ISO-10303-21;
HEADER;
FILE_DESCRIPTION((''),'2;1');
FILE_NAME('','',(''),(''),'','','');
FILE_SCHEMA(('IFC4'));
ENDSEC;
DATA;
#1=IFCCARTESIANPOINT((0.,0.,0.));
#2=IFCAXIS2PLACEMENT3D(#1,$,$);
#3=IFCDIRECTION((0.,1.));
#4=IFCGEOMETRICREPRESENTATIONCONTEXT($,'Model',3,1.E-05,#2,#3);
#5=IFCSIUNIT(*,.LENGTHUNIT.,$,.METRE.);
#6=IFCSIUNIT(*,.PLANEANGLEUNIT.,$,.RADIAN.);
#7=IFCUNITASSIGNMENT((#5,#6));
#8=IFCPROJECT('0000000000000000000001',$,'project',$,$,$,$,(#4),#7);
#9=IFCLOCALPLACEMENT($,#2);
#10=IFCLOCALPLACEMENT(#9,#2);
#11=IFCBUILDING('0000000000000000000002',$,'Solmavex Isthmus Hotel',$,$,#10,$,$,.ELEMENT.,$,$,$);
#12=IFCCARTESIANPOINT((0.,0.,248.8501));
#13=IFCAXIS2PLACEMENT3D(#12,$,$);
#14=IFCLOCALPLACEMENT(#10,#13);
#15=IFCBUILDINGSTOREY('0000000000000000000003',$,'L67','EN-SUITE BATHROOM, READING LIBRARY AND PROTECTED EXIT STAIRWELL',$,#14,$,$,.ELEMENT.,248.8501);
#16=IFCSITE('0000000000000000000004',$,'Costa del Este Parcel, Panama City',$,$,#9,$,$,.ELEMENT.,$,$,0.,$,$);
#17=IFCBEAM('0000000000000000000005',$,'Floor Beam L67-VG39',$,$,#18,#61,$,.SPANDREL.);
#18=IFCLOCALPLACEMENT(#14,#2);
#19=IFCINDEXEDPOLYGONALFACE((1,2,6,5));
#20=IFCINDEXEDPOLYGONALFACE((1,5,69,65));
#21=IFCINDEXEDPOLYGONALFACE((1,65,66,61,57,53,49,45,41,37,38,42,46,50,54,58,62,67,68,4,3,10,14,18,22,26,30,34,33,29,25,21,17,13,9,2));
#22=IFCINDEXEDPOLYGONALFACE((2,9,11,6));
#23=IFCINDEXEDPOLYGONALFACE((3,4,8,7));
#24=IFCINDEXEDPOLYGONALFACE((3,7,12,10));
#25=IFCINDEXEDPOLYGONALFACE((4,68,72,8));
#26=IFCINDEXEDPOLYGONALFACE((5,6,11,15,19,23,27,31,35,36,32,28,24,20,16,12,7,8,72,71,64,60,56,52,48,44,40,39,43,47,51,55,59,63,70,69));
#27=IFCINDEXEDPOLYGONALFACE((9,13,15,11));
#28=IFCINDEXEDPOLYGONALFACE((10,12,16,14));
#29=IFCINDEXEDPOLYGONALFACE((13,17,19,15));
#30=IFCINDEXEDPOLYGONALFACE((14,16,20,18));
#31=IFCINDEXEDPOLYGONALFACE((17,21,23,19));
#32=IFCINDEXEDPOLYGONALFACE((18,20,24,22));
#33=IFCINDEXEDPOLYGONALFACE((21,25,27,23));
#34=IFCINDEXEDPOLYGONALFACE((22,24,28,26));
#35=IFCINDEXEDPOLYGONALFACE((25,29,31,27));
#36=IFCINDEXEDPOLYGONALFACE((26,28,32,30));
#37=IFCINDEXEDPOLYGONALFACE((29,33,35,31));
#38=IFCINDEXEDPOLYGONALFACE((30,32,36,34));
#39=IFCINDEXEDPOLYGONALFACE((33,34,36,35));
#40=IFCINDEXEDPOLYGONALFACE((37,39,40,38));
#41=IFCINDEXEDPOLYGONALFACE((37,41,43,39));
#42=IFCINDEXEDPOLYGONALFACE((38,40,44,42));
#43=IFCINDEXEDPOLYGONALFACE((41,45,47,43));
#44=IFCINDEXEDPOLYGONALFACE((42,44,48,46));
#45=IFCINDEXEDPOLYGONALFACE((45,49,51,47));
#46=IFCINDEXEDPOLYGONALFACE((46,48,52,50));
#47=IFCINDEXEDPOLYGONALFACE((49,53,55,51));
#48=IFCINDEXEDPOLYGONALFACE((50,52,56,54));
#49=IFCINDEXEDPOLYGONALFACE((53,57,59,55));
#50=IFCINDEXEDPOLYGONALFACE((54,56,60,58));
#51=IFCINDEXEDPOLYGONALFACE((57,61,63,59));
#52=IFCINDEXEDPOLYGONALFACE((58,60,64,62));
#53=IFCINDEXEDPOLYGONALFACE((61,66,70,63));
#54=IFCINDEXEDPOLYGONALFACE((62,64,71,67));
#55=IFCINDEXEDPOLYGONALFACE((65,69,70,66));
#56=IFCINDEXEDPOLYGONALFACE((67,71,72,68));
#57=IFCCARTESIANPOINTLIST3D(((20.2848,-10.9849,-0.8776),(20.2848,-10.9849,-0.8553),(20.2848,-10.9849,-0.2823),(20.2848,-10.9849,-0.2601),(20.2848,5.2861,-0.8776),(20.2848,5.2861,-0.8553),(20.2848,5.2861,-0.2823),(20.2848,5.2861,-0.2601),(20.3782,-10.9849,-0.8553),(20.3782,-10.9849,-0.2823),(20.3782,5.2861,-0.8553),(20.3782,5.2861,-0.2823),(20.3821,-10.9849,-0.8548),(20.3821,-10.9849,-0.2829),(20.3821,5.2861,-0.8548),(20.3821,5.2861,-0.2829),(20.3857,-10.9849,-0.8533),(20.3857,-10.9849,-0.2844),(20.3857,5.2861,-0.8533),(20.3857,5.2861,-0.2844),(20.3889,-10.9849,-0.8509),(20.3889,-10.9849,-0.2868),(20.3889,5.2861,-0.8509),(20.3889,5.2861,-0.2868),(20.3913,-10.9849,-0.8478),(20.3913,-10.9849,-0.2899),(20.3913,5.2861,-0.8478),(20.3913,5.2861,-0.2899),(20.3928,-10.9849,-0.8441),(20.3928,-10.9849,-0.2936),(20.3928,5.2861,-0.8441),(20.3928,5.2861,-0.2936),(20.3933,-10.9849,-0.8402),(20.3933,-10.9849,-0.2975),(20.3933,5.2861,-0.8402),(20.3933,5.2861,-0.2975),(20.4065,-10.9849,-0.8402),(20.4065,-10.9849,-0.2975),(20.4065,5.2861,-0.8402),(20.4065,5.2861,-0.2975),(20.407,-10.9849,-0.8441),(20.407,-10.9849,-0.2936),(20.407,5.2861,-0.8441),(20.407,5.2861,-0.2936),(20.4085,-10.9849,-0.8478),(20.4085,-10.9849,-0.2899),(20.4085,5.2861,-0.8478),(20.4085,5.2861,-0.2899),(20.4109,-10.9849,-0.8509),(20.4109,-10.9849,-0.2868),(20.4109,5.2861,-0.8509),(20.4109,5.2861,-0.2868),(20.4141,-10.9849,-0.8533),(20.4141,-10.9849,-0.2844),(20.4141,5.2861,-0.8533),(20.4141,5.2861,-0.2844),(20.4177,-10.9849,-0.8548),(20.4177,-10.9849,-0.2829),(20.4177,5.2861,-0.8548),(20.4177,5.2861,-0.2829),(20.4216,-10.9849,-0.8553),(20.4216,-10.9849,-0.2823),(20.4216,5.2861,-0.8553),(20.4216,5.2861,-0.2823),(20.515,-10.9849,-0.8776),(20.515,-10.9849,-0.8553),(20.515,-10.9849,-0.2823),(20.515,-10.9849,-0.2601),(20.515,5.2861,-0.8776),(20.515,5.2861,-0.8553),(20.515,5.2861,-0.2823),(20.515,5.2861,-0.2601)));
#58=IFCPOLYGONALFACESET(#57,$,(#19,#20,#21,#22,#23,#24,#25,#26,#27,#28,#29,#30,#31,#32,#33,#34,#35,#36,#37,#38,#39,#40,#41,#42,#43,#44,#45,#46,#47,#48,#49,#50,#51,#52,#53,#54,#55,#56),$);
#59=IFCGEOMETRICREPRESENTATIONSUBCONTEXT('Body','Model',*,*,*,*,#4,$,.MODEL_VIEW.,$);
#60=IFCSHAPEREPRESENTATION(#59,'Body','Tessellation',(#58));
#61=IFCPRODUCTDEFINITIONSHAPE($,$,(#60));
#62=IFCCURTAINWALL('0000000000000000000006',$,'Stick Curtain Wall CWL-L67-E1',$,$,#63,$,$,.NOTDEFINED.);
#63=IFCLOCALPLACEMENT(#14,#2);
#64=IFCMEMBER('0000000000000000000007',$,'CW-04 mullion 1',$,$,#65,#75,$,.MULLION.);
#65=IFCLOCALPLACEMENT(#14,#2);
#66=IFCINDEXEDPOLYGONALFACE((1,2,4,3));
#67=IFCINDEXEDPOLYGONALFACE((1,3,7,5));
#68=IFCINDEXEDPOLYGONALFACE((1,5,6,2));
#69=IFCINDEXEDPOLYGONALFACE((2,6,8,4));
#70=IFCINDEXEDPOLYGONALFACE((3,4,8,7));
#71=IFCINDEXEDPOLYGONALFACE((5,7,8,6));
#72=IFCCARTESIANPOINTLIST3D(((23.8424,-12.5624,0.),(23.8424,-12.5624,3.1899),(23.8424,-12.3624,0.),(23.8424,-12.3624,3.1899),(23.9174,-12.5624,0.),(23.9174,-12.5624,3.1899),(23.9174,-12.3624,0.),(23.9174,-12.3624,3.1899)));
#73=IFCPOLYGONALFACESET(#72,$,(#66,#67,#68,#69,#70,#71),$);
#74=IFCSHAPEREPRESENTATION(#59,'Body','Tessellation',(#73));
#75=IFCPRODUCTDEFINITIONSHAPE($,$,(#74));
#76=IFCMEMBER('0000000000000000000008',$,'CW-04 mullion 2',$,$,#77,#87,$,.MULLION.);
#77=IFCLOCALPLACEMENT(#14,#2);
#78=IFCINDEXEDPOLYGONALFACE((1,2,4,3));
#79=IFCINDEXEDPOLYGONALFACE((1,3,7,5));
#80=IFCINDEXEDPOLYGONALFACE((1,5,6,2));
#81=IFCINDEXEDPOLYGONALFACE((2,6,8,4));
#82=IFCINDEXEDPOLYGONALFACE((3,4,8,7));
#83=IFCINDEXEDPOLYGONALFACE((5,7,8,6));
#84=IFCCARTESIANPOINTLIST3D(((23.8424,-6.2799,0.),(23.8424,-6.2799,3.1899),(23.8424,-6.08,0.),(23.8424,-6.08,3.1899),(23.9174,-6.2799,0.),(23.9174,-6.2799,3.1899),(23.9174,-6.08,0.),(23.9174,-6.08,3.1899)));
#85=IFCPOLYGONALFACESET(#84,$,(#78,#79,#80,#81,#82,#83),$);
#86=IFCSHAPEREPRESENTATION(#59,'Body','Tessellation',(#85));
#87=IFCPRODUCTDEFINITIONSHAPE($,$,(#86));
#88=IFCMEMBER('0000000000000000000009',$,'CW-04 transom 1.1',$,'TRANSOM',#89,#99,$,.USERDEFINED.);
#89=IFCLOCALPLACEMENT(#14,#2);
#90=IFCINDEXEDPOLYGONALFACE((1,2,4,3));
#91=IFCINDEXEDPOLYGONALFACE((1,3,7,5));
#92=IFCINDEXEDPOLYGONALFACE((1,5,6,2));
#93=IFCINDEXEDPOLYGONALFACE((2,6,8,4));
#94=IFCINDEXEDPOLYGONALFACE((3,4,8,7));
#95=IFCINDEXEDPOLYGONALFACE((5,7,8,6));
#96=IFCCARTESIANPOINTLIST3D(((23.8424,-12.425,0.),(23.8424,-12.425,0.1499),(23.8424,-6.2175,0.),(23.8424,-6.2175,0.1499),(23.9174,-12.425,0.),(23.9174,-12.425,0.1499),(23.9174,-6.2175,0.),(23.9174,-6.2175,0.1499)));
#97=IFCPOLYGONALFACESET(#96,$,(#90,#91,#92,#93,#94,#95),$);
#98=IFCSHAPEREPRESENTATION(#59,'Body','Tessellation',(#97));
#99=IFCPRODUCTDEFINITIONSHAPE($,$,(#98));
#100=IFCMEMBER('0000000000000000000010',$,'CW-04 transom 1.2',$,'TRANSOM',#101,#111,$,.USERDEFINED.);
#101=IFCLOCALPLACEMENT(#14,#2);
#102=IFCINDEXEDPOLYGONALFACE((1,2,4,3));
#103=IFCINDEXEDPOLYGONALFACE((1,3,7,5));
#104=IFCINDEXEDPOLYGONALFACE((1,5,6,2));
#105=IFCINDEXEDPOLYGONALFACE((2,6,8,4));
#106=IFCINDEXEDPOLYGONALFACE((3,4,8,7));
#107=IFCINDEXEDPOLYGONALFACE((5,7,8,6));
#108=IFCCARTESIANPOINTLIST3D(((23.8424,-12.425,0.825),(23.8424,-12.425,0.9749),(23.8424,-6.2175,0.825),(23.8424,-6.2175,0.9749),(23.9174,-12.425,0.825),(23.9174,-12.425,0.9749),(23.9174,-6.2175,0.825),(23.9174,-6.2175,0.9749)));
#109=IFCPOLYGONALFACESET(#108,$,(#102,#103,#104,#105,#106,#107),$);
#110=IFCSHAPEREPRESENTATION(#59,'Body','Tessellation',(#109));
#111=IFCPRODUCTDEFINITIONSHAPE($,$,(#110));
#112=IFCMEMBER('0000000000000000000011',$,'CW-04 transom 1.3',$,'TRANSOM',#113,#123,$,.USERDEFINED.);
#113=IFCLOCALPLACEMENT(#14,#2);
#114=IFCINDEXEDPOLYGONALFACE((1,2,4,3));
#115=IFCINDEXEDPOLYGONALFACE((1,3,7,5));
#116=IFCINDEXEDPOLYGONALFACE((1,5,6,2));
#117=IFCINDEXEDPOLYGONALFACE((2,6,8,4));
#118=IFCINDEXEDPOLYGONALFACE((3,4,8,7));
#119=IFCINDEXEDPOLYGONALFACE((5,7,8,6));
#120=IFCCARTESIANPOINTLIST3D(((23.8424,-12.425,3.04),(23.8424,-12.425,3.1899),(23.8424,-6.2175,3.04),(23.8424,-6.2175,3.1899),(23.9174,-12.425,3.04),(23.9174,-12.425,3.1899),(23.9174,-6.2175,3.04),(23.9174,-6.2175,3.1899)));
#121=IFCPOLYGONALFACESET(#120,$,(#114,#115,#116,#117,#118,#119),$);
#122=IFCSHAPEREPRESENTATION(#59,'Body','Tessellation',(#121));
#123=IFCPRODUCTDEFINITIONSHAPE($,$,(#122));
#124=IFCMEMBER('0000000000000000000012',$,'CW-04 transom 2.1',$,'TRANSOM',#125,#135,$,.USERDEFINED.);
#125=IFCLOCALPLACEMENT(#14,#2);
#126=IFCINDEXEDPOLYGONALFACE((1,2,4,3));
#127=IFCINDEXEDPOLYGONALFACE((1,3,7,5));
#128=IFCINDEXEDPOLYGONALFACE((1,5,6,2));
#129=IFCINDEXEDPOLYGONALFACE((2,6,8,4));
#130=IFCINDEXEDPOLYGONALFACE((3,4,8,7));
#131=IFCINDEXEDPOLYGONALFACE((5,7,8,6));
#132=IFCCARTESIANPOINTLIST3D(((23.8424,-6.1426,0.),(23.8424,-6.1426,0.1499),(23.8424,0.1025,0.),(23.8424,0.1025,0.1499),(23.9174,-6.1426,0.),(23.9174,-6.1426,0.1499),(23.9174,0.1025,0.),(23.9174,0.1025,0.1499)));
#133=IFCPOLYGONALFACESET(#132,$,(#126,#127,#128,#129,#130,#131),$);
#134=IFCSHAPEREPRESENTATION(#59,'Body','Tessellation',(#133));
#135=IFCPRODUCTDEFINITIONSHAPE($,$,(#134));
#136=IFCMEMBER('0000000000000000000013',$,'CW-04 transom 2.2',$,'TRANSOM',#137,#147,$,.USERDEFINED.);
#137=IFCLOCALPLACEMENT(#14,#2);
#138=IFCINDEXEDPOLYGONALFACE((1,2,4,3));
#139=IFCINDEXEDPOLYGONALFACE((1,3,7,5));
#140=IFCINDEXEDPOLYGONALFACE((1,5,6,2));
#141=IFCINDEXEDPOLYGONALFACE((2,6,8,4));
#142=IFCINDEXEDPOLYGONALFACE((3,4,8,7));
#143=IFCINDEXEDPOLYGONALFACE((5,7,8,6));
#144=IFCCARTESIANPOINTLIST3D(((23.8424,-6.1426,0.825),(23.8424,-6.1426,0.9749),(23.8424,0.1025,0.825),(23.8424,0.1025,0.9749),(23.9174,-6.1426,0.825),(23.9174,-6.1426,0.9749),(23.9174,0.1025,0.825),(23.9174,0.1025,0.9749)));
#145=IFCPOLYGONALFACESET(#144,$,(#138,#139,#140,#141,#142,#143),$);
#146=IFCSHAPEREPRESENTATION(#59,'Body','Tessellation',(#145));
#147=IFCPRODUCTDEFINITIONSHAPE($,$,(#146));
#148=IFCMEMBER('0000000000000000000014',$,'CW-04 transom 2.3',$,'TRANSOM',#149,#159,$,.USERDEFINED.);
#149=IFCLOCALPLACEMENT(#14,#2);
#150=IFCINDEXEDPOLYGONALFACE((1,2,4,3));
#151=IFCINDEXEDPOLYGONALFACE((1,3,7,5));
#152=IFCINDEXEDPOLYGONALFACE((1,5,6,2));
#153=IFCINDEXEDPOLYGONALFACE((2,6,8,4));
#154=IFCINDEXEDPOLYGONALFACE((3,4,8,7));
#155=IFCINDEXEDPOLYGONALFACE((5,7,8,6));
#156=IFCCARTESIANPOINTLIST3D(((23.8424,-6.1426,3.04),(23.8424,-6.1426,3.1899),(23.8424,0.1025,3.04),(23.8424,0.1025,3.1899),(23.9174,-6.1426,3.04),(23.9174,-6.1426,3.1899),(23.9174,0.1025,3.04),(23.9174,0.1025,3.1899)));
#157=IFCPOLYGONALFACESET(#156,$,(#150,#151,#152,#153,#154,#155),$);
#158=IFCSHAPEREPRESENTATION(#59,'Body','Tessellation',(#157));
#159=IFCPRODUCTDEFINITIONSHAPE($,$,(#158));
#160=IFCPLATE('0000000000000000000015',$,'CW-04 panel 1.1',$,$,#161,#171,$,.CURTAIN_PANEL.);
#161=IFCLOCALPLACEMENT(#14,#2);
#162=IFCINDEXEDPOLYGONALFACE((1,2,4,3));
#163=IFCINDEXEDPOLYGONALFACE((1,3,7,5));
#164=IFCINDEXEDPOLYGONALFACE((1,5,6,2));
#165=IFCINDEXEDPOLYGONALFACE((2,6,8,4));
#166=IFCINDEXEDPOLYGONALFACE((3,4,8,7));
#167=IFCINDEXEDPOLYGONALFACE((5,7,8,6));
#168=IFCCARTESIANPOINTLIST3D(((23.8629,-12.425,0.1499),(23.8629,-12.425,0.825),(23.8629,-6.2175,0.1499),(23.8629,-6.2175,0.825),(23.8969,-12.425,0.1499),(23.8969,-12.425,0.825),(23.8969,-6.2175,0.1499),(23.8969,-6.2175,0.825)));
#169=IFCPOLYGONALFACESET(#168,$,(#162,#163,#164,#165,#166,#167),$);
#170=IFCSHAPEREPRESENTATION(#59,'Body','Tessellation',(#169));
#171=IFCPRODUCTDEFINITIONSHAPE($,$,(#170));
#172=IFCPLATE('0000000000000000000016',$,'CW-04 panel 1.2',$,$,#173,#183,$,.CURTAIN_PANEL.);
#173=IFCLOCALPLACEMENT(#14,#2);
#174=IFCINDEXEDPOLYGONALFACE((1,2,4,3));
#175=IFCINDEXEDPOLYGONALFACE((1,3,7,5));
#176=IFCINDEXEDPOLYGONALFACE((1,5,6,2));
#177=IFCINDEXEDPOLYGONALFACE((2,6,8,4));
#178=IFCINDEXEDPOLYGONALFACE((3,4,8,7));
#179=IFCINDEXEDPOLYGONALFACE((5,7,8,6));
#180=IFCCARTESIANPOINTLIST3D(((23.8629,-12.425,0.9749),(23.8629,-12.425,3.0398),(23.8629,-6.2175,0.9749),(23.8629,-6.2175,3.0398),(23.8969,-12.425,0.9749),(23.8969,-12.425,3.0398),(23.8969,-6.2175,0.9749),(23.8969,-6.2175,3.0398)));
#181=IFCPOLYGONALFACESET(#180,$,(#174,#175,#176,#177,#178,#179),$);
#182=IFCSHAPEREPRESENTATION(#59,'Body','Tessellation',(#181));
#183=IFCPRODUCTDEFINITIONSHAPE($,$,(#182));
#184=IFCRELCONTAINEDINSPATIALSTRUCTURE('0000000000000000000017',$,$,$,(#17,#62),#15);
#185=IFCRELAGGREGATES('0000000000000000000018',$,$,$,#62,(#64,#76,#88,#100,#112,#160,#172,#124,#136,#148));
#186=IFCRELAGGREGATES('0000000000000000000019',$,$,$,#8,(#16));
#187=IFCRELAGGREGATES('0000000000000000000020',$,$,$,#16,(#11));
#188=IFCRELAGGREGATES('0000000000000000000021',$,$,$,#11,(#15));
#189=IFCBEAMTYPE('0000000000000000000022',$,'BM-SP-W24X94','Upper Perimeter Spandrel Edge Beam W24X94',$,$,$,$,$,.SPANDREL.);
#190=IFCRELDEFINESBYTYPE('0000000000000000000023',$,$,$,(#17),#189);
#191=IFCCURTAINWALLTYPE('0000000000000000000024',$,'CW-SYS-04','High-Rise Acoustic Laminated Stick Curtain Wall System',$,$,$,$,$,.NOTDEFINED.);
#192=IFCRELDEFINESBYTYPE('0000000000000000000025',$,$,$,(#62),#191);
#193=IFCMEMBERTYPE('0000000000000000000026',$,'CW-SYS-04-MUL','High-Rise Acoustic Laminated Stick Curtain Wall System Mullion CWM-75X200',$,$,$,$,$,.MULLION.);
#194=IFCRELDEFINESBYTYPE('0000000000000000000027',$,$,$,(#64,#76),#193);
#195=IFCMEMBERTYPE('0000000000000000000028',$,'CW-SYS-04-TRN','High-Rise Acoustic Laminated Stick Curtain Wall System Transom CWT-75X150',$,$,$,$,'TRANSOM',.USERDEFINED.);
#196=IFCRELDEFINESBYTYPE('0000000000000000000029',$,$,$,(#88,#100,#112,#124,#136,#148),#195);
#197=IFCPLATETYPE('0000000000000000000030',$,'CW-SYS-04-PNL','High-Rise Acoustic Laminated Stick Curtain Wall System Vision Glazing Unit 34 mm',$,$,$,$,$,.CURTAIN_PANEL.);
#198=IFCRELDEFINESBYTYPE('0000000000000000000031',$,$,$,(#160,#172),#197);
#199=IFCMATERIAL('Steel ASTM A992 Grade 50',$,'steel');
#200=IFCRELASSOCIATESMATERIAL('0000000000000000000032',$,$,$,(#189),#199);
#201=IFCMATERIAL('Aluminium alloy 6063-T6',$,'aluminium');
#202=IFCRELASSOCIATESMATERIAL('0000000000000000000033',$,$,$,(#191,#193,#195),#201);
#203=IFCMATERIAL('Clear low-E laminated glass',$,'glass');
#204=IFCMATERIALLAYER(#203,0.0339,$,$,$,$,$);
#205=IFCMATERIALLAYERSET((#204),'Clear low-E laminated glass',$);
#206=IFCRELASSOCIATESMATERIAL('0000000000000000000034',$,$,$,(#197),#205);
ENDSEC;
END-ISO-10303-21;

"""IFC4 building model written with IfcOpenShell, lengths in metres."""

from ifc_helpers import new_model, si_unit, direction, frame, origin, origin_2d, place, context, subcontext, project, spatial, rectangle, i_section, extrude, material, layer, layer_set, material_profile, profile_set, type_object, element, aggregate, save


model = new_model("IFC4")

# Units and contexts
model_context = context("Model", 3, precision=1e-05, world=origin(), true_north=direction((0.0, 1.0)))
body_context = subcontext(model_context, "Body", "Model", "MODEL_VIEW")
ifc_project = project(units=[si_unit("LENGTHUNIT", "METRE"), si_unit("PLANEANGLEUNIT", "RADIAN")], contexts=[model_context])

# Site, building, storey
site_placement = place(None, origin())
site = spatial("IfcSite", under=ifc_project, at=site_placement, Name="Costa del Este Parcel, Panama City", CompositionType="ELEMENT", RefElevation=0.0)
building_placement = place(site_placement, origin())
building = spatial("IfcBuilding", under=site, at=building_placement, Name="Solmavex Isthmus Hotel", CompositionType="ELEMENT")
storey_placement = place(building_placement, frame((0.0, 0.0, 248.8501)))
storey = spatial("IfcBuildingStorey", under=building, at=storey_placement, Name="L67", Description="EN-SUITE BATHROOM, READING LIBRARY AND PROTECTED EXIT STAIRWELL", CompositionType="ELEMENT", Elevation=248.8501)

# Beam
ifc_material_1 = material(Name="Steel ASTM A992 Grade 50", Category="steel")
ifc_material_profile_1 = material_profile(ifc_material_1, i_section(OverallWidth=0.2302, OverallDepth=0.6174, WebThickness=0.0132, FlangeThickness=0.0222, FilletRadius=0.0151, at=origin_2d()), Name="W24X94")
ifc_profile_set_1 = profile_set([ifc_material_profile_1], Name="Steel ASTM A992 Grade 50")
beam_type_1 = type_object("IfcBeamType", Name="BM-SP-W24X94", Description="Upper Perimeter Spandrel Edge Beam W24X94", PredefinedType="SPANDREL", material=ifc_profile_set_1)
beam_1_placement = place(storey_placement, frame((20.3999, -10.9849, -0.5688), z_axis=(0.0, 1.0, 0.0), x_axis=(-1.0, 0.0, 0.0)))
element("IfcBeam", 1, at=beam_1_placement, inside=storey, type_object=beam_type_1, Name="Floor Beam L67-VG39", PredefinedType="SPANDREL", context=body_context, shape_type="SweptSolid", body=[
    extrude(i_section(OverallWidth=0.2302, OverallDepth=0.6174, WebThickness=0.0132, FlangeThickness=0.0222, FilletRadius=0.0151, at=origin_2d()), origin(), (0.0, 0.0, 1.0), 16.271),
])

# Curtain wall, members, plates
ifc_material_2 = material(Name="Aluminium alloy 6063-T6", Category="aluminium")
curtain_wall_type = type_object("IfcCurtainWallType", Name="CW-SYS-04", Description="High-Rise Acoustic Laminated Stick Curtain Wall System", PredefinedType="NOTDEFINED", material=ifc_material_2)
curtain_wall_placement = place(storey_placement, origin())
curtain_wall = element("IfcCurtainWall", 2, at=curtain_wall_placement, inside=storey, type_object=curtain_wall_type, Name="Stick Curtain Wall CWL-L67-E1", PredefinedType="NOTDEFINED")
ifc_material_profile_2 = material_profile(ifc_material_2, rectangle(XDim=0.075, YDim=0.2, at=origin_2d()), Name="CWM-75X200")
ifc_profile_set_2 = profile_set([ifc_material_profile_2], Name="Aluminium alloy 6063-T6")
member_type_1 = type_object("IfcMemberType", Name="CW-SYS-04-MUL", Description="High-Rise Acoustic Laminated Stick Curtain Wall System Mullion CWM-75X200", PredefinedType="MULLION", material=ifc_profile_set_2)
member_1_placement = place(storey_placement, frame((23.8799, -12.4624, 0.0), z_axis=(0.0, 0.0, 1.0), x_axis=(-1.0, 0.0, 0.0)))
member_1 = element("IfcMember", 3, at=member_1_placement, type_object=member_type_1, Name="CW-04 mullion 1", PredefinedType="MULLION", context=body_context, shape_type="SweptSolid", body=[
    extrude(rectangle(XDim=0.075, YDim=0.2, at=origin_2d()), origin(), (0.0, 0.0, 1.0), 3.1899),
])
member_2_placement = place(storey_placement, frame((23.8799, -6.1799, 0.0), z_axis=(0.0, 0.0, 1.0), x_axis=(-1.0, 0.0, 0.0)))
member_2 = element("IfcMember", 4, at=member_2_placement, type_object=member_type_1, Name="CW-04 mullion 2", PredefinedType="MULLION", context=body_context, shape_type="SweptSolid", body=[
    extrude(rectangle(XDim=0.075, YDim=0.2, at=origin_2d()), origin(), (0.0, 0.0, 1.0), 3.1899),
])
ifc_material_profile_3 = material_profile(ifc_material_2, rectangle(XDim=0.075, YDim=0.1499, at=origin_2d()), Name="CWT-75X150")
ifc_profile_set_3 = profile_set([ifc_material_profile_3], Name="Aluminium alloy 6063-T6")
member_type_2 = type_object("IfcMemberType", Name="CW-SYS-04-TRN", Description="High-Rise Acoustic Laminated Stick Curtain Wall System Transom CWT-75X150", ElementType="TRANSOM", PredefinedType="USERDEFINED", material=ifc_profile_set_3)
member_3_placement = place(storey_placement, frame((23.8799, -12.425, 0.075), z_axis=(0.0, 1.0, 0.0), x_axis=(-1.0, 0.0, 0.0)))
member_3 = element("IfcMember", 5, at=member_3_placement, type_object=member_type_2, Name="CW-04 transom 1.1", ObjectType="TRANSOM", PredefinedType="USERDEFINED", context=body_context, shape_type="SweptSolid", body=[
    extrude(rectangle(XDim=0.075, YDim=0.1499, at=origin_2d()), origin(), (0.0, 0.0, 1.0), 6.2075),
])
member_4_placement = place(storey_placement, frame((23.8799, -12.425, 0.8999), z_axis=(0.0, 1.0, 0.0), x_axis=(-1.0, 0.0, 0.0)))
member_4 = element("IfcMember", 6, at=member_4_placement, type_object=member_type_2, Name="CW-04 transom 1.2", ObjectType="TRANSOM", PredefinedType="USERDEFINED", context=body_context, shape_type="SweptSolid", body=[
    extrude(rectangle(XDim=0.075, YDim=0.1499, at=origin_2d()), origin(), (0.0, 0.0, 1.0), 6.2075),
])
member_5_placement = place(storey_placement, frame((23.8799, -12.425, 3.115), z_axis=(0.0, 1.0, 0.0), x_axis=(-1.0, 0.0, 0.0)))
member_5 = element("IfcMember", 7, at=member_5_placement, type_object=member_type_2, Name="CW-04 transom 1.3", ObjectType="TRANSOM", PredefinedType="USERDEFINED", context=body_context, shape_type="SweptSolid", body=[
    extrude(rectangle(XDim=0.075, YDim=0.1499, at=origin_2d()), origin(), (0.0, 0.0, 1.0), 6.2075),
])
member_6_placement = place(storey_placement, frame((23.8799, -6.1426, 0.075), z_axis=(0.0, 1.0, 0.0), x_axis=(-1.0, 0.0, 0.0)))
member_6 = element("IfcMember", 8, at=member_6_placement, type_object=member_type_2, Name="CW-04 transom 2.1", ObjectType="TRANSOM", PredefinedType="USERDEFINED", context=body_context, shape_type="SweptSolid", body=[
    extrude(rectangle(XDim=0.075, YDim=0.1499, at=origin_2d()), origin(), (0.0, 0.0, 1.0), 6.2451),
])
member_7_placement = place(storey_placement, frame((23.8799, -6.1426, 0.8999), z_axis=(0.0, 1.0, 0.0), x_axis=(-1.0, 0.0, 0.0)))
member_7 = element("IfcMember", 9, at=member_7_placement, type_object=member_type_2, Name="CW-04 transom 2.2", ObjectType="TRANSOM", PredefinedType="USERDEFINED", context=body_context, shape_type="SweptSolid", body=[
    extrude(rectangle(XDim=0.075, YDim=0.1499, at=origin_2d()), origin(), (0.0, 0.0, 1.0), 6.2451),
])
member_8_placement = place(storey_placement, frame((23.8799, -6.1426, 3.115), z_axis=(0.0, 1.0, 0.0), x_axis=(-1.0, 0.0, 0.0)))
member_8 = element("IfcMember", 10, at=member_8_placement, type_object=member_type_2, Name="CW-04 transom 2.3", ObjectType="TRANSOM", PredefinedType="USERDEFINED", context=body_context, shape_type="SweptSolid", body=[
    extrude(rectangle(XDim=0.075, YDim=0.1499, at=origin_2d()), origin(), (0.0, 0.0, 1.0), 6.2451),
])
ifc_material_3 = material(Name="Clear low-E laminated glass", Category="glass")
ifc_layer_1 = layer(ifc_material_3, 0.0339)
ifc_layer_set_1 = layer_set([ifc_layer_1], Name="Clear low-E laminated glass")
plate_type = type_object("IfcPlateType", Name="CW-SYS-04-PNL", Description="High-Rise Acoustic Laminated Stick Curtain Wall System Vision Glazing Unit 34 mm", PredefinedType="CURTAIN_PANEL", material=ifc_layer_set_1)
plate_1_placement = place(storey_placement, frame((23.8799, -9.3213, 0.1499), z_axis=(0.0, 0.0, 1.0), x_axis=(0.0, 1.0, 0.0)))
plate_1 = element("IfcPlate", 11, at=plate_1_placement, type_object=plate_type, Name="CW-04 panel 1.1", PredefinedType="CURTAIN_PANEL", context=body_context, shape_type="SweptSolid", body=[
    extrude(rectangle(XDim=6.2075, YDim=0.0339, at=origin_2d()), origin(), (0.0, 0.0, 1.0), 0.675),
])
plate_2_placement = place(storey_placement, frame((23.8799, -9.3213, 0.9749), z_axis=(0.0, 0.0, 1.0), x_axis=(0.0, 1.0, 0.0)))
plate_2 = element("IfcPlate", 12, at=plate_2_placement, type_object=plate_type, Name="CW-04 panel 1.2", PredefinedType="CURTAIN_PANEL", context=body_context, shape_type="SweptSolid", body=[
    extrude(rectangle(XDim=6.2075, YDim=0.0339, at=origin_2d()), origin(), (0.0, 0.0, 1.0), 2.0649),
])
aggregate(curtain_wall, [member_1, member_2, member_3, member_4, member_5, plate_1, plate_2, member_6, member_7, member_8])

save(model, "model.ifc")
